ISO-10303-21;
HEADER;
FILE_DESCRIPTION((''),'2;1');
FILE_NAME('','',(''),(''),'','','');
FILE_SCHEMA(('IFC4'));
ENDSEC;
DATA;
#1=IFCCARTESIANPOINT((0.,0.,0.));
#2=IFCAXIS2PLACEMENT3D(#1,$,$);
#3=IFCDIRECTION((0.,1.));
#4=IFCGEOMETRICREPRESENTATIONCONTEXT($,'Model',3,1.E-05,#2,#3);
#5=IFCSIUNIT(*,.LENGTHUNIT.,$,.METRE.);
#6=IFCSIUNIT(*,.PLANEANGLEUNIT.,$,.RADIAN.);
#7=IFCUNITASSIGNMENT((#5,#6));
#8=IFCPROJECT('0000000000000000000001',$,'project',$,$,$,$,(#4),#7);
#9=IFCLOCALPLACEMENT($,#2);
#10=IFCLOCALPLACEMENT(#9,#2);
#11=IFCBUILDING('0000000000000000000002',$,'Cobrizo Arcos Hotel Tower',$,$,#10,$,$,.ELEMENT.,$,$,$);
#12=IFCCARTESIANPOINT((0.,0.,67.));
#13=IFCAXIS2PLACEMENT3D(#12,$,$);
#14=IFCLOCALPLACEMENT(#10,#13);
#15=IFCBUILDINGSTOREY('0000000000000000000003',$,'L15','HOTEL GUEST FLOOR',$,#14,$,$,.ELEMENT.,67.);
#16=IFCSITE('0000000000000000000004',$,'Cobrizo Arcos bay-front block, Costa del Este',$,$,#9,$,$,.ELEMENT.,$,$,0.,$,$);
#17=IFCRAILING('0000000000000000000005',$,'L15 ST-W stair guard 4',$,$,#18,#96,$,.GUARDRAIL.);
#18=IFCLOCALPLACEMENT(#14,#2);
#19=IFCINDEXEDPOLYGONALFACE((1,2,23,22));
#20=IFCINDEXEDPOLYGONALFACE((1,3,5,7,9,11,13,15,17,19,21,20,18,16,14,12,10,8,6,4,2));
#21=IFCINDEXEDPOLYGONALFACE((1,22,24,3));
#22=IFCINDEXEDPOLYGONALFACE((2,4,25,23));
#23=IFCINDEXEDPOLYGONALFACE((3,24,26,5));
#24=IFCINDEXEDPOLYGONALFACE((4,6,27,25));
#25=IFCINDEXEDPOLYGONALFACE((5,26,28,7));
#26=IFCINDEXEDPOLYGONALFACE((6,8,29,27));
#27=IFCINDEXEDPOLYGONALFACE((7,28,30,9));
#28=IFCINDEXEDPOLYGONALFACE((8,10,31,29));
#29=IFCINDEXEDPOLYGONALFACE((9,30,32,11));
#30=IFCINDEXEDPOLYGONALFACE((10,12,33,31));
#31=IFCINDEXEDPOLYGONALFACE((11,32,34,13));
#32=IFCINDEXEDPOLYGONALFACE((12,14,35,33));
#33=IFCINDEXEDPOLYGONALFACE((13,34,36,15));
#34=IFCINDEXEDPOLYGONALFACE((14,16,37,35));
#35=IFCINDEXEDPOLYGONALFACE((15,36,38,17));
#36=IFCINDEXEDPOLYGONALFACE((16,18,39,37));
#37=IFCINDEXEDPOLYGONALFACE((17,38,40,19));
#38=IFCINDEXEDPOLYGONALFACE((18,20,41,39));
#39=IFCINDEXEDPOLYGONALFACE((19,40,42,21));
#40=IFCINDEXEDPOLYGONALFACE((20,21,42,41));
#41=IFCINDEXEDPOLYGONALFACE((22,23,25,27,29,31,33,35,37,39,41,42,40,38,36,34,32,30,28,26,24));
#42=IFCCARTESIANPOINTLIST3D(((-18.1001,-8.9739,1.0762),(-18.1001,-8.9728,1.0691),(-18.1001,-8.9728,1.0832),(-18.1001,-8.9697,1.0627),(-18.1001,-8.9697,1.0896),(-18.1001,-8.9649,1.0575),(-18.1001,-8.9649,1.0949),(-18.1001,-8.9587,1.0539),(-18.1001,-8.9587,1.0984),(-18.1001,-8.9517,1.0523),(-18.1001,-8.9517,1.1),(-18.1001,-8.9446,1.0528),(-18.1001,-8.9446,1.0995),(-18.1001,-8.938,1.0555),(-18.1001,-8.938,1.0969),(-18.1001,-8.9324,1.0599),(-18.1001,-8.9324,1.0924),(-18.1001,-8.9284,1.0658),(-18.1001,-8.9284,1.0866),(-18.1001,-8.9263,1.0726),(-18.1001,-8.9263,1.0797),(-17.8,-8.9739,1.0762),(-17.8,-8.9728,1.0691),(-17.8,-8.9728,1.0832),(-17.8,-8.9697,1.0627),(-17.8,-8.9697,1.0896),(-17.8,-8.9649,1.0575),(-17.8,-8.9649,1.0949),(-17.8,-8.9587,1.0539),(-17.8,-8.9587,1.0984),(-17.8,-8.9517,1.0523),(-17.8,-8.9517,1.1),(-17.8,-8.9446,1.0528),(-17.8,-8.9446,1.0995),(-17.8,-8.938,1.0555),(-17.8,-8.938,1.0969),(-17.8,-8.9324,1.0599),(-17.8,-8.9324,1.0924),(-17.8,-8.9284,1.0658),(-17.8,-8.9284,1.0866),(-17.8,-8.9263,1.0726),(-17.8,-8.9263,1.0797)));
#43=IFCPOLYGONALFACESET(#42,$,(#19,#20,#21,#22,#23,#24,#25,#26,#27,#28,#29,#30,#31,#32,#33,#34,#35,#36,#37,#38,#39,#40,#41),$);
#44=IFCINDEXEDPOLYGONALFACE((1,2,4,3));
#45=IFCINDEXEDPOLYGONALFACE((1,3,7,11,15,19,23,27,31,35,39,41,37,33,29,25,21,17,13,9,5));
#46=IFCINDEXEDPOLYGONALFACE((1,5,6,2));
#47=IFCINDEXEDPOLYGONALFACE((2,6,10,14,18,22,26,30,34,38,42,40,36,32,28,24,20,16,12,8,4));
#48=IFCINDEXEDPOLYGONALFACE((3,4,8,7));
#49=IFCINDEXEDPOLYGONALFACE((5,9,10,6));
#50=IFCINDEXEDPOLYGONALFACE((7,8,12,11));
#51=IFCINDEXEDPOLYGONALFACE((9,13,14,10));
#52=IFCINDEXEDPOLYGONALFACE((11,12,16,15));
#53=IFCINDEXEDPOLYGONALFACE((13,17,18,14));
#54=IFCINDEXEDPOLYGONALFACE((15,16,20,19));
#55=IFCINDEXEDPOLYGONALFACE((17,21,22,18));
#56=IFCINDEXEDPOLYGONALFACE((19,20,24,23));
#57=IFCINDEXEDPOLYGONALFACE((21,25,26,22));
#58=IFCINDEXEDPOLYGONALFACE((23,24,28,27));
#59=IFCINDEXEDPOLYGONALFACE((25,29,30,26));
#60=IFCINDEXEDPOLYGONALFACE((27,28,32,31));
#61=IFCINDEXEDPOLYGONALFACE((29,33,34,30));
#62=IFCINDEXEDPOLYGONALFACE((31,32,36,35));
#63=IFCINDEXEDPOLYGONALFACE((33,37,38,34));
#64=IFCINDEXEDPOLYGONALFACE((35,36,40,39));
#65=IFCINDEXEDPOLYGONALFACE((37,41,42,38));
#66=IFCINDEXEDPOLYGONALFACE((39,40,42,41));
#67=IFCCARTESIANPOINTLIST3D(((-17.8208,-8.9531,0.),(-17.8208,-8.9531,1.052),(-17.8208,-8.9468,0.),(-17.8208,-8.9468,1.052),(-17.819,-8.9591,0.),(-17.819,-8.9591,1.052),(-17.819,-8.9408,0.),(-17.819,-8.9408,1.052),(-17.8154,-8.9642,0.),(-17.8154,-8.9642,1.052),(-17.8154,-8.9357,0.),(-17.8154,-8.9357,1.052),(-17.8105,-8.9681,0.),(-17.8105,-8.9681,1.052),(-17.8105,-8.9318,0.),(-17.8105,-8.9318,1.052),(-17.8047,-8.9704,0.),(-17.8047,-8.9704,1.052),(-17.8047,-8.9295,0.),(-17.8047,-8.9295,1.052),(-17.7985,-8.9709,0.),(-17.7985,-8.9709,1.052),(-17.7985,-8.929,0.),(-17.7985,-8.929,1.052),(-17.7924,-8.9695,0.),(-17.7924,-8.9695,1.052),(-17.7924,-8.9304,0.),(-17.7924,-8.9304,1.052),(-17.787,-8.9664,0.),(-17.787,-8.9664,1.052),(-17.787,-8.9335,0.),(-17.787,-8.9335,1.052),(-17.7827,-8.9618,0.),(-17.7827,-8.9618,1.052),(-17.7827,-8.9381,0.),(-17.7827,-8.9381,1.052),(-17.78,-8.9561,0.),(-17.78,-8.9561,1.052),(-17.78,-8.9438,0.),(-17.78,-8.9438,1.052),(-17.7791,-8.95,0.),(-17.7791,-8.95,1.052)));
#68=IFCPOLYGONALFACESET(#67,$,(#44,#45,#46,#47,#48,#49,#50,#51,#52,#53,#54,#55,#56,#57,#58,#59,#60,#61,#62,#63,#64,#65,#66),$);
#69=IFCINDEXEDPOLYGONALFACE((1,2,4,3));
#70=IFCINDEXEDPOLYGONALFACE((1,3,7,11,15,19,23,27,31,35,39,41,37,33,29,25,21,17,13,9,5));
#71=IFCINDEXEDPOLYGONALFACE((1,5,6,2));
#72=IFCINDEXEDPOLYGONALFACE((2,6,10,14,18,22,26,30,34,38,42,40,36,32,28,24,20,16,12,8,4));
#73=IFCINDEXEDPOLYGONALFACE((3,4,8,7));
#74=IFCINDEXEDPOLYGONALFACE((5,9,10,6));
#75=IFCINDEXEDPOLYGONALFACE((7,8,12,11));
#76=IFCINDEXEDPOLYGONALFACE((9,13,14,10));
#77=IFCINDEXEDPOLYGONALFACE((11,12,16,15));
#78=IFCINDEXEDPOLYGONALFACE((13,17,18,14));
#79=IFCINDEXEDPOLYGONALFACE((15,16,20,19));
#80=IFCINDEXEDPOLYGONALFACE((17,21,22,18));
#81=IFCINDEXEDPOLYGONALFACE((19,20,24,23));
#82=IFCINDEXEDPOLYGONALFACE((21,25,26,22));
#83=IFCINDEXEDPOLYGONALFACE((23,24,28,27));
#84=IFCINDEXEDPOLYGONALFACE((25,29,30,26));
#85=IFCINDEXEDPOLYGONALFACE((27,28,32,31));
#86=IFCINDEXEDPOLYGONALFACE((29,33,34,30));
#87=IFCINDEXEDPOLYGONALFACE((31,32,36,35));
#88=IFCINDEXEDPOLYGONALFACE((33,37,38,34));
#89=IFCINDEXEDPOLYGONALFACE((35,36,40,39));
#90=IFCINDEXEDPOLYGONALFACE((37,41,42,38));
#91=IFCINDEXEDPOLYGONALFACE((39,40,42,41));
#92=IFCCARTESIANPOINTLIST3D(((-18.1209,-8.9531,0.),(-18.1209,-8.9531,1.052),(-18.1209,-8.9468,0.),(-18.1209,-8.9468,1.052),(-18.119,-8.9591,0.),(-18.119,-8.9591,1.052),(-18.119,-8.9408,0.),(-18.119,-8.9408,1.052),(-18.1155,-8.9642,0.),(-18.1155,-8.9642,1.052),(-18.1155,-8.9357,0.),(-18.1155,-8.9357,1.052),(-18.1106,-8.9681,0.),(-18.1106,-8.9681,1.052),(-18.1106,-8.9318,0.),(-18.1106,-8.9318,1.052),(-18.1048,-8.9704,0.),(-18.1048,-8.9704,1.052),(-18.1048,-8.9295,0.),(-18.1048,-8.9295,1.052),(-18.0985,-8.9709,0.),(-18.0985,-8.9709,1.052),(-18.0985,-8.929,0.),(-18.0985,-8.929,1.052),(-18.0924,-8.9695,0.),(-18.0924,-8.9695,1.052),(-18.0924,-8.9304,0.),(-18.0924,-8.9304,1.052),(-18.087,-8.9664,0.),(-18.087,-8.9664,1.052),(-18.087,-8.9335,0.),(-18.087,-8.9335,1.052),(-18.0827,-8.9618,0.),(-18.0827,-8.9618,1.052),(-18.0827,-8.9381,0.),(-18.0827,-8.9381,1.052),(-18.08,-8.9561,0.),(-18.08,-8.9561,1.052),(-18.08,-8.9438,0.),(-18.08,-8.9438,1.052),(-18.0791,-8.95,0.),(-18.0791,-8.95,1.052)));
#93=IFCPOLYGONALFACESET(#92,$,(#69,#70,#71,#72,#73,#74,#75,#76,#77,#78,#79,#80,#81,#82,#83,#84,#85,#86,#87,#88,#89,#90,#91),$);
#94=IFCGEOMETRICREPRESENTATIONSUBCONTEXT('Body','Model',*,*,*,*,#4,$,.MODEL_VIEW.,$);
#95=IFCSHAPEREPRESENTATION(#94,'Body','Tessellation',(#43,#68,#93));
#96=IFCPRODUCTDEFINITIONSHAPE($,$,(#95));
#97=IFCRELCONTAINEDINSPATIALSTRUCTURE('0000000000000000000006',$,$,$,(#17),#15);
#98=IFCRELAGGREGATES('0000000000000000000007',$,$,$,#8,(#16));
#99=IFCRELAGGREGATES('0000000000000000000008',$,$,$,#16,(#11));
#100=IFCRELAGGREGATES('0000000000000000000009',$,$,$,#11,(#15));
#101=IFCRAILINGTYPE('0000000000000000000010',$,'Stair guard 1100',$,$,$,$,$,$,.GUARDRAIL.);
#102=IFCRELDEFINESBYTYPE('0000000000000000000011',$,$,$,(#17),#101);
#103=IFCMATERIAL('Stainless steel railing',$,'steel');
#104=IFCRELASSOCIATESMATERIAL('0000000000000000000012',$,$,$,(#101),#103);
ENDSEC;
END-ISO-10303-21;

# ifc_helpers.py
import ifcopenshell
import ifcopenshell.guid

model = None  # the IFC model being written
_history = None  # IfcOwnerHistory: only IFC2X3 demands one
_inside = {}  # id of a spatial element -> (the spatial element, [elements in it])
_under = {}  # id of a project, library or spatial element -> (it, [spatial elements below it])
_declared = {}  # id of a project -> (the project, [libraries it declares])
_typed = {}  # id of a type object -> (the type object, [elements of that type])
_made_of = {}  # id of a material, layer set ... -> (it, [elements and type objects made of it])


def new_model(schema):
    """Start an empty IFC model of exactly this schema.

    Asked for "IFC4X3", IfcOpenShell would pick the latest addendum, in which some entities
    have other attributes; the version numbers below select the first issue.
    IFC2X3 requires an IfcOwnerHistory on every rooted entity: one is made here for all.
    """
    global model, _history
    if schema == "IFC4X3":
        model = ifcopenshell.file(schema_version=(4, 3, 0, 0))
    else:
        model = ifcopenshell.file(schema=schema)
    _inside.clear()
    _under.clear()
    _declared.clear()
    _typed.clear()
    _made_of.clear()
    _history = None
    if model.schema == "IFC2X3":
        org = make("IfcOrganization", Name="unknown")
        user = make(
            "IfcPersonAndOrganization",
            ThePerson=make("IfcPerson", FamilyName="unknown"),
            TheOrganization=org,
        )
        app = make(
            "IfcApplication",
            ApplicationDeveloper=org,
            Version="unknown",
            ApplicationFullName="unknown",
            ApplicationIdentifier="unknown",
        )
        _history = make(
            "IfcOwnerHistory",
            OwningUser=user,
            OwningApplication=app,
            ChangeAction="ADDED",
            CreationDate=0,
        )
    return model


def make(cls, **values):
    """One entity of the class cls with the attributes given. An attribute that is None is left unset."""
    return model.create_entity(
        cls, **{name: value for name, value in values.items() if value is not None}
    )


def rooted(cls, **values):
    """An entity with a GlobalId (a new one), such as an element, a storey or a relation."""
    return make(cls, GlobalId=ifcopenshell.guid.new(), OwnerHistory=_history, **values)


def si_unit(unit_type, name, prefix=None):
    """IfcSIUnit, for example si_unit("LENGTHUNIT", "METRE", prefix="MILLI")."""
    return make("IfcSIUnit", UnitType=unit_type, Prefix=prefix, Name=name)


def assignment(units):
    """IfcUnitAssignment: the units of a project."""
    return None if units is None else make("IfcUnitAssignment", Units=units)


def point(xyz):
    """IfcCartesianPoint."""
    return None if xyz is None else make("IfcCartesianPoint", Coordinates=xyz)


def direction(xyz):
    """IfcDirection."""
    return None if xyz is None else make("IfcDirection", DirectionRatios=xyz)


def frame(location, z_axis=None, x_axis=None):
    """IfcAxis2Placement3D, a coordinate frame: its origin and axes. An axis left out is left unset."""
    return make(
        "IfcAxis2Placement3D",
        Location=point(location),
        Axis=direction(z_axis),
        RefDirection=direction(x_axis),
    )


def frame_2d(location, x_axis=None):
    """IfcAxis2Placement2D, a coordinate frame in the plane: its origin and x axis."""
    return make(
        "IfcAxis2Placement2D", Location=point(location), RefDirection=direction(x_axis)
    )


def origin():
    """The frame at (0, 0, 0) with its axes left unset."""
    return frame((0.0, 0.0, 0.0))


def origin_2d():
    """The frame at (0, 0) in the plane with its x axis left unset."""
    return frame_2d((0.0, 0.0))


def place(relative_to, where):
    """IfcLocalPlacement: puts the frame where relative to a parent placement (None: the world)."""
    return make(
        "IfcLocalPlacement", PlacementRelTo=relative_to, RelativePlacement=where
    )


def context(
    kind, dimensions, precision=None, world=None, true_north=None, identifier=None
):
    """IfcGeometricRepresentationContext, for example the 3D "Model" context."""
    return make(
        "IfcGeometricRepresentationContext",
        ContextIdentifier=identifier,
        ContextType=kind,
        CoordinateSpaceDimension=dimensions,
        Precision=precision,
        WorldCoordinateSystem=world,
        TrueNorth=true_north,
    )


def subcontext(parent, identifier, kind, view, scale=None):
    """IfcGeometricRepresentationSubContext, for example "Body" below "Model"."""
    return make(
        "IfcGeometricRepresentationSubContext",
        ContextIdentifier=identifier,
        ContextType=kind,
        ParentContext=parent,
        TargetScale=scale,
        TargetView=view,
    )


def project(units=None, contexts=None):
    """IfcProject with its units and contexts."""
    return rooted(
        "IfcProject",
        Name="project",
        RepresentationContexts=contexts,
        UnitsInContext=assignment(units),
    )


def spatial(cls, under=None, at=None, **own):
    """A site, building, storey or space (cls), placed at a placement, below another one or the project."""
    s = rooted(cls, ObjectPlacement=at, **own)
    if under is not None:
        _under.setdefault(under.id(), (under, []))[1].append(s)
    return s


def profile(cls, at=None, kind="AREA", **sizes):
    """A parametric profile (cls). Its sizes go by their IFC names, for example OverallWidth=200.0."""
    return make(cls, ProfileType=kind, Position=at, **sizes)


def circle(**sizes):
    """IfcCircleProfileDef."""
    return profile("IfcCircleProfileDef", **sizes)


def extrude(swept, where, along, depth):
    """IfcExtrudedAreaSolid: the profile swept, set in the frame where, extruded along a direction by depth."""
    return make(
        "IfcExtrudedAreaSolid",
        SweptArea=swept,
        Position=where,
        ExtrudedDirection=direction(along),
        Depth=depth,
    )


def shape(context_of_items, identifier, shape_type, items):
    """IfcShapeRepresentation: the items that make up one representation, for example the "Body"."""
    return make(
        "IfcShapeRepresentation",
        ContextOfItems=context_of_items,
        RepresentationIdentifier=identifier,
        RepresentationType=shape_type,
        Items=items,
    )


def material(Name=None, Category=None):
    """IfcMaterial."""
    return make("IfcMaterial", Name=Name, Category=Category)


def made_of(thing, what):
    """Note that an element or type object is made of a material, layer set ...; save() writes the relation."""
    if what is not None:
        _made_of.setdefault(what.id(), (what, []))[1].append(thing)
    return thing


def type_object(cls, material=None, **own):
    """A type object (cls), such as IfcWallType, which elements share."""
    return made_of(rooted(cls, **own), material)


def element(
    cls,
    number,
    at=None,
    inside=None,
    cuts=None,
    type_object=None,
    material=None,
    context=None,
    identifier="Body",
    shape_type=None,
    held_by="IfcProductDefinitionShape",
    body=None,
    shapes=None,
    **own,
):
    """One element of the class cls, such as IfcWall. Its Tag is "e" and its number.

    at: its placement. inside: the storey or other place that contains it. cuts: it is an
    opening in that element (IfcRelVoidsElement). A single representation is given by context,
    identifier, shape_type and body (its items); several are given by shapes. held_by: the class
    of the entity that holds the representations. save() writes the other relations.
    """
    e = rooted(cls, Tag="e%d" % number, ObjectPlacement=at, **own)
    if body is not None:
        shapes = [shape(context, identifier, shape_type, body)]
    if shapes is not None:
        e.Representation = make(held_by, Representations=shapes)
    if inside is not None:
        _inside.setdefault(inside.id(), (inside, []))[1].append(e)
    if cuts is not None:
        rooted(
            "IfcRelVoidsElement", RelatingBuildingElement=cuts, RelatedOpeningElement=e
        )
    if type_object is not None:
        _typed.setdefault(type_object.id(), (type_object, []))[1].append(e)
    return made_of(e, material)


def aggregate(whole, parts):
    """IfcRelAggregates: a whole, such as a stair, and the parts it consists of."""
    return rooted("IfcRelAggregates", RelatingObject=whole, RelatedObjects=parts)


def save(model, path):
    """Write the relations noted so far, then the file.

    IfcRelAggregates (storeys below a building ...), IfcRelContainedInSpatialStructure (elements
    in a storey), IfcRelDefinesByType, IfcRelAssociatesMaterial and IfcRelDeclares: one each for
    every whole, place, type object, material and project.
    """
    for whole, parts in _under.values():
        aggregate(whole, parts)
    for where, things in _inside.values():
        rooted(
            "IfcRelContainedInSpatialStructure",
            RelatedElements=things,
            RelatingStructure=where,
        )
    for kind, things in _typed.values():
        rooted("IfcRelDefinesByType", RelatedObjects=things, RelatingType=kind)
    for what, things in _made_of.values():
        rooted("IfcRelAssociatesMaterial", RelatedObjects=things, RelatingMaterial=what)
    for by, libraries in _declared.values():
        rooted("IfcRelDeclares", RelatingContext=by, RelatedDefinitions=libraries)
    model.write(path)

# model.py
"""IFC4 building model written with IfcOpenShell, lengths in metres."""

from ifc_helpers import new_model, si_unit, direction, frame, origin, origin_2d, place, context, subcontext, project, spatial, circle, extrude, material, type_object, element, save


model = new_model("IFC4")

# Units and contexts
model_context = context("Model", 3, precision=1e-05, world=origin(), true_north=direction((0.0, 1.0)))
body_context = subcontext(model_context, "Body", "Model", "MODEL_VIEW")
ifc_project = project(units=[si_unit("LENGTHUNIT", "METRE"), si_unit("PLANEANGLEUNIT", "RADIAN")], contexts=[model_context])

# Site, building, storey
site_placement = place(None, origin())
site = spatial("IfcSite", under=ifc_project, at=site_placement, Name="Cobrizo Arcos bay-front block, Costa del Este", CompositionType="ELEMENT", RefElevation=0.0)
building_placement = place(site_placement, origin())
building = spatial("IfcBuilding", under=site, at=building_placement, Name="Cobrizo Arcos Hotel Tower", CompositionType="ELEMENT")
storey_placement = place(building_placement, frame((0.0, 0.0, 67.0)))
storey = spatial("IfcBuildingStorey", under=building, at=storey_placement, Name="L15", Description="HOTEL GUEST FLOOR", CompositionType="ELEMENT", Elevation=67.0)

# Railing
ifc_material_1 = material(Name="Stainless steel railing", Category="steel")
railing_type_1 = type_object("IfcRailingType", Name="Stair guard 1100", PredefinedType="GUARDRAIL", material=ifc_material_1)
railing_1_placement = place(storey_placement, frame((-17.8, -8.95, 0.0)))
element("IfcRailing", 1, at=railing_1_placement, inside=storey, type_object=railing_type_1, Name="L15 ST-W stair guard 4", PredefinedType="GUARDRAIL", context=body_context, shape_type="SweptSolid", body=[
    extrude(circle(Radius=0.0239, at=origin_2d()), frame((0.0, 0.0, 1.0762), z_axis=(-1.0, 0.0, 0.0), x_axis=(0.0, -1.0, 0.0)), (0.0, 0.0, 1.0), 0.3),
    extrude(circle(Radius=0.021, at=origin_2d()), origin(), (0.0, 0.0, 1.0), 1.052),
    extrude(circle(Radius=0.021, at=origin_2d()), frame((-0.3, 0.0, 0.0)), (0.0, 0.0, 1.0), 1.052),
])

save(model, "model.ifc")
